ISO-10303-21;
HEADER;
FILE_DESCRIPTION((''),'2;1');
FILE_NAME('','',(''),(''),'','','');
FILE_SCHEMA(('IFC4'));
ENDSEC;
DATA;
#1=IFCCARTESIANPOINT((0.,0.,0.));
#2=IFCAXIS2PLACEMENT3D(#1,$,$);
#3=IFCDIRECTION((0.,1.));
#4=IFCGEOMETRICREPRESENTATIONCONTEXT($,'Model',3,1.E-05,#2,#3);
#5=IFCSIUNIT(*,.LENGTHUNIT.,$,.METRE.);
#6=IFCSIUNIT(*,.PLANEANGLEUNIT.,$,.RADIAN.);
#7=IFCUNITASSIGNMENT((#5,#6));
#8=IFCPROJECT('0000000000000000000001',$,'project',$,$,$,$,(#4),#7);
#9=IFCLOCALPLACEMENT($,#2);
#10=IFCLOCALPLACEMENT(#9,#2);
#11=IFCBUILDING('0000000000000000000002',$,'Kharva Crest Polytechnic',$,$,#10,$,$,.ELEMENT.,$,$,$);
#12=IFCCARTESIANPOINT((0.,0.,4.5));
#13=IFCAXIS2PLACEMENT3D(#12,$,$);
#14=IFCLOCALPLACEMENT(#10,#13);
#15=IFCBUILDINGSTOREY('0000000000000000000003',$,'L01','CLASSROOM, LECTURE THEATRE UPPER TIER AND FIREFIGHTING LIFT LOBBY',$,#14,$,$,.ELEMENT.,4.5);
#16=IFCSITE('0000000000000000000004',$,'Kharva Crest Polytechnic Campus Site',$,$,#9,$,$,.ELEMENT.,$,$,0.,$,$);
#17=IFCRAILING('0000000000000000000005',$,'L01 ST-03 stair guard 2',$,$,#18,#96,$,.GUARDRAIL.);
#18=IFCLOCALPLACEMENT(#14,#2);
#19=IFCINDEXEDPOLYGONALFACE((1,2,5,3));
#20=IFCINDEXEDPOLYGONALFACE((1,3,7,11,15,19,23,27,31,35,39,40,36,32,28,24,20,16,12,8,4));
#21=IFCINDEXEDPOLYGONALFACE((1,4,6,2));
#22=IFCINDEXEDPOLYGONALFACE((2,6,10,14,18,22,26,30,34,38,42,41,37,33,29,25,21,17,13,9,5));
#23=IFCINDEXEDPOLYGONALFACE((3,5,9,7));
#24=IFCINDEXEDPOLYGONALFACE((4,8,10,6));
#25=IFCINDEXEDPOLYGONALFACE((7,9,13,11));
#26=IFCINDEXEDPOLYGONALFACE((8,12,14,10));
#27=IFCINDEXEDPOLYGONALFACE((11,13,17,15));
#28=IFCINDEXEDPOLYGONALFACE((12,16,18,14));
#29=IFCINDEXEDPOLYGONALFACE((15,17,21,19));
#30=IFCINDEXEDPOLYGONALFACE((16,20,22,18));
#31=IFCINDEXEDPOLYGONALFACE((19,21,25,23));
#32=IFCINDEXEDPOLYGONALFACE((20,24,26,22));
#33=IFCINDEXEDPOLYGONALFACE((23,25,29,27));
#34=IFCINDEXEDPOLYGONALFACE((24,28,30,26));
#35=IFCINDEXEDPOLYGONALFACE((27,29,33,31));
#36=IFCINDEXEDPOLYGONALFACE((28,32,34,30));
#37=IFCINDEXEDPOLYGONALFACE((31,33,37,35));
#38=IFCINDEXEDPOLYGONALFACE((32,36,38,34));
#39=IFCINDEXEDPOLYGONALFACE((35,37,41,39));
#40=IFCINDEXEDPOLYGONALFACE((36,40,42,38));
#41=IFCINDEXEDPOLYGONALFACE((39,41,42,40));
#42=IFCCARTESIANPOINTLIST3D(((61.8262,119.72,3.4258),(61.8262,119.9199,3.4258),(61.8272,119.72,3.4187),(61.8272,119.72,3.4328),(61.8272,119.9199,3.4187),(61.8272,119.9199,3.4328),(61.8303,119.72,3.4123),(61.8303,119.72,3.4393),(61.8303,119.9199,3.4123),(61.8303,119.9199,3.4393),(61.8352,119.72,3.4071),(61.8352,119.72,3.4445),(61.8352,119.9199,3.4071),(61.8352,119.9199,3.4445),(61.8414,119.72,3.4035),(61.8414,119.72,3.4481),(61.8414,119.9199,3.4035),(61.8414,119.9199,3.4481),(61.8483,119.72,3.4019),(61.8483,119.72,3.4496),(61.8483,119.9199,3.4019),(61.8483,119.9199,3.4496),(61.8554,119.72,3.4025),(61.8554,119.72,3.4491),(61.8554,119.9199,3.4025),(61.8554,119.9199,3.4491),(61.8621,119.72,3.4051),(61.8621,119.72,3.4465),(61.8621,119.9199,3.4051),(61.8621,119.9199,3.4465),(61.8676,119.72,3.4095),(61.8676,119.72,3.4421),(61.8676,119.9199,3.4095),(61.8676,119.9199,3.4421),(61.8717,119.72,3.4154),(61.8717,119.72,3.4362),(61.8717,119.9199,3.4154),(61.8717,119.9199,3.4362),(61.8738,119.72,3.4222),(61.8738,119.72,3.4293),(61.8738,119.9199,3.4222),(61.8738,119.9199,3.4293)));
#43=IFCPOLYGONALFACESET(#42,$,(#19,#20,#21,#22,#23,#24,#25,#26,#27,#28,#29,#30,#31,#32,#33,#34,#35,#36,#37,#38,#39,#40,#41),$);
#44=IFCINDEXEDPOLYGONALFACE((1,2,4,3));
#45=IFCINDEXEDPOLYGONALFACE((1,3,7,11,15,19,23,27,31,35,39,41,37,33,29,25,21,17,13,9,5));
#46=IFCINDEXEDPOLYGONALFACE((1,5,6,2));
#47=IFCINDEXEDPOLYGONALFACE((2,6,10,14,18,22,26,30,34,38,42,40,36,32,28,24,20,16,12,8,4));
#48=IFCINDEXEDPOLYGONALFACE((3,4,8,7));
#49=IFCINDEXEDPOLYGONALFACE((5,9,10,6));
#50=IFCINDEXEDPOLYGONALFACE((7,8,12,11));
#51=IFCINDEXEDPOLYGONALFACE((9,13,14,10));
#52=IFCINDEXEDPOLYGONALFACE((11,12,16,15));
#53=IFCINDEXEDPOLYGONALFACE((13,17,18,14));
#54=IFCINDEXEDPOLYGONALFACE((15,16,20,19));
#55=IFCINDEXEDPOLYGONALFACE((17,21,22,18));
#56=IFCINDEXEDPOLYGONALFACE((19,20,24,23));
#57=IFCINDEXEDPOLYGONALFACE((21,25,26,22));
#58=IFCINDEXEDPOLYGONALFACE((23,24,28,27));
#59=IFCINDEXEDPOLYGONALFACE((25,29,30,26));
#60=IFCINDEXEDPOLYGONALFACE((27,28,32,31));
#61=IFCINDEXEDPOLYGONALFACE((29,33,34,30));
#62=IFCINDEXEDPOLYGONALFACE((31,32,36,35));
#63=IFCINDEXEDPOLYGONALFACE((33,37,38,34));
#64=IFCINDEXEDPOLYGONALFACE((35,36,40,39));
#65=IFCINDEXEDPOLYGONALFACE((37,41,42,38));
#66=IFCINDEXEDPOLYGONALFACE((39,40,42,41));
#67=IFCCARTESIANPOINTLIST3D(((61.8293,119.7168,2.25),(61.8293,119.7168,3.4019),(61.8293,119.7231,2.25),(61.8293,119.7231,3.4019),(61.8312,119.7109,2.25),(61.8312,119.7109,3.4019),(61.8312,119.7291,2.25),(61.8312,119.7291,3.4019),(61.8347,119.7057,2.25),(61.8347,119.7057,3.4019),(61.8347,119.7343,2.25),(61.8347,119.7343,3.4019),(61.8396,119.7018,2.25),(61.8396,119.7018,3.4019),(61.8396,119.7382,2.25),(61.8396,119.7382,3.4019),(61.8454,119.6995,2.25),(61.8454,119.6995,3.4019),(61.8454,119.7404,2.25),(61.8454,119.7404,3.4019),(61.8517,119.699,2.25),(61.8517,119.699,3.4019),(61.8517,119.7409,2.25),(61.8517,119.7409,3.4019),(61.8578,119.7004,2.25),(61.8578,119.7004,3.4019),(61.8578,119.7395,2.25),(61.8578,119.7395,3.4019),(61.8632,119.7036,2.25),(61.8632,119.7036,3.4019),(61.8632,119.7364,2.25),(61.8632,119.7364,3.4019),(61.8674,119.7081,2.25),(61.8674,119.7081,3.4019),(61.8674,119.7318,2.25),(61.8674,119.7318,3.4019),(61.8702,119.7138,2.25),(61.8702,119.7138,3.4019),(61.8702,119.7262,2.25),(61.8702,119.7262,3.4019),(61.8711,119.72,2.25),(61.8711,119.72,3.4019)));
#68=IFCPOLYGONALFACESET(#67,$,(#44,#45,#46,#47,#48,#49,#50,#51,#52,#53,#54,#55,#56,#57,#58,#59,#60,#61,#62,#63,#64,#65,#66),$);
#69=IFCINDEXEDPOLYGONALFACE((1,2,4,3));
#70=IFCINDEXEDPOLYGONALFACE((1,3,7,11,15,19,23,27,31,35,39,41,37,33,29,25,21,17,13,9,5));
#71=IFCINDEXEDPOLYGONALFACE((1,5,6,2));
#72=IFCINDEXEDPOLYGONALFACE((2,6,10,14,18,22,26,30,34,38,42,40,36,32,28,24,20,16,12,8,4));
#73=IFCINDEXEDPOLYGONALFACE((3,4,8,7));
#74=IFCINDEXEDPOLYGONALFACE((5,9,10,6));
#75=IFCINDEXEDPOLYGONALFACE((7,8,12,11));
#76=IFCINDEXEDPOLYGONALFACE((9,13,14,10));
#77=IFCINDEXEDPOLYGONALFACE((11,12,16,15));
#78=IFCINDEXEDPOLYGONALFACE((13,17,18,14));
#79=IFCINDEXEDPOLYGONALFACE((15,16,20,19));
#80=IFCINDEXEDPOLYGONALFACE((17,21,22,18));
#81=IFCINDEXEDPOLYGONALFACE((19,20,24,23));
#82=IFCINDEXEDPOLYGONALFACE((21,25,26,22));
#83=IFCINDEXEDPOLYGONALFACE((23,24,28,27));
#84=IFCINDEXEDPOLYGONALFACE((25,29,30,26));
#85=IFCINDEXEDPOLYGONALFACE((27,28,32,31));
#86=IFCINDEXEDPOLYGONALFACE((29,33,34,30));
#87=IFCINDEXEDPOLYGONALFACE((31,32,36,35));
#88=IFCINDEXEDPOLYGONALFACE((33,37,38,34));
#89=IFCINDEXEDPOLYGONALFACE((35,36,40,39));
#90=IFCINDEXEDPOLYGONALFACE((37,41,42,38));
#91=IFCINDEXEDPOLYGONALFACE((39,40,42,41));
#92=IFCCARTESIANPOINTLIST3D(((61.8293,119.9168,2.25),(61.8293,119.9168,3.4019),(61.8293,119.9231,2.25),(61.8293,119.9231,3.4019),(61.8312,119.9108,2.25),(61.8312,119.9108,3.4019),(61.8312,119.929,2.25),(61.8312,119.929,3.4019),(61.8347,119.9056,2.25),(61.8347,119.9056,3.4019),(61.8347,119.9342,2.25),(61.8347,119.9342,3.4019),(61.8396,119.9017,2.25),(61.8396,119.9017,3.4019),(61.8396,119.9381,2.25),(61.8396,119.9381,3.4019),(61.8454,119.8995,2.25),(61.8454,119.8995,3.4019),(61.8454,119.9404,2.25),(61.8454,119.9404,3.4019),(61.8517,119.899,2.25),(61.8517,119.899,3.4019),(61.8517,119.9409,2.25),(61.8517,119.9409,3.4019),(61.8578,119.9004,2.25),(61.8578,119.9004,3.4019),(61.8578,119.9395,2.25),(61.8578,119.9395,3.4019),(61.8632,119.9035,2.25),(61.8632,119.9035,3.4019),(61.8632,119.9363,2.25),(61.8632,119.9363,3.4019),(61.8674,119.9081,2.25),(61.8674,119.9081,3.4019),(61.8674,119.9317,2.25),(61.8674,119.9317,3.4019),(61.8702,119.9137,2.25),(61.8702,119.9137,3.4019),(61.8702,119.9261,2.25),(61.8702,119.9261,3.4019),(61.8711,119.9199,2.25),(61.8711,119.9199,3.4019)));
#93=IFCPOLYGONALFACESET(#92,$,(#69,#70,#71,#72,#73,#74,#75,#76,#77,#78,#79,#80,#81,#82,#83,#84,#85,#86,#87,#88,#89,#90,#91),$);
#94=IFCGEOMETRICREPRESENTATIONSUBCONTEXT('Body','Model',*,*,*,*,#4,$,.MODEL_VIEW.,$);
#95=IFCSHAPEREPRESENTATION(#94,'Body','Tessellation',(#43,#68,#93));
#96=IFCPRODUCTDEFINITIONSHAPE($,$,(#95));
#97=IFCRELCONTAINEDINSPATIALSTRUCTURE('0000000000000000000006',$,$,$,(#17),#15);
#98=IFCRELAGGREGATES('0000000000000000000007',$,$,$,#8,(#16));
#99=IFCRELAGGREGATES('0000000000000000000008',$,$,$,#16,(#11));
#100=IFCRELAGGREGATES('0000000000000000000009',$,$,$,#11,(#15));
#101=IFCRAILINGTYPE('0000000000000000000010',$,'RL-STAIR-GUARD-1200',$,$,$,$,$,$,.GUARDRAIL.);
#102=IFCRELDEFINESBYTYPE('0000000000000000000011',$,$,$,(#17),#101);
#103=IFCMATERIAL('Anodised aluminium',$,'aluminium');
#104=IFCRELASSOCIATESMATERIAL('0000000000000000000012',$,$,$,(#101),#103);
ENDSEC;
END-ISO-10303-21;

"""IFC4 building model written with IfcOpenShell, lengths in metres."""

from ifc_helpers import new_model, si_unit, direction, frame, origin, origin_2d, place, context, subcontext, project, spatial, circle, extrude, material, type_object, element, save


model = new_model("IFC4")

# Units and contexts
model_context = context("Model", 3, precision=1e-05, world=origin(), true_north=direction((0.0, 1.0)))
body_context = subcontext(model_context, "Body", "Model", "MODEL_VIEW")
ifc_project = project(units=[si_unit("LENGTHUNIT", "METRE"), si_unit("PLANEANGLEUNIT", "RADIAN")], contexts=[model_context])

# Site, building, storey
site_placement = place(None, origin())
site = spatial("IfcSite", under=ifc_project, at=site_placement, Name="Kharva Crest Polytechnic Campus Site", CompositionType="ELEMENT", RefElevation=0.0)
building_placement = place(site_placement, origin())
building = spatial("IfcBuilding", under=site, at=building_placement, Name="Kharva Crest Polytechnic", CompositionType="ELEMENT")
storey_placement = place(building_placement, frame((0.0, 0.0, 4.5)))
storey = spatial("IfcBuildingStorey", under=building, at=storey_placement, Name="L01", Description="CLASSROOM, LECTURE THEATRE UPPER TIER AND FIREFIGHTING LIFT LOBBY", CompositionType="ELEMENT", Elevation=4.5)

# Shared definitions
ifc_material_1 = material(Name="Anodised aluminium", Category="aluminium")

# Railing
railing_type_1 = type_object("IfcRailingType", Name="RL-STAIR-GUARD-1200", PredefinedType="GUARDRAIL", material=ifc_material_1)
railing_1_placement = place(storey_placement, frame((61.8501, 119.72, 2.25)))
element("IfcRailing", 1, at=railing_1_placement, inside=storey, type_object=railing_type_1, Name="L01 ST-03 stair guard 2", PredefinedType="GUARDRAIL", context=body_context, shape_type="SweptSolid", body=[
    extrude(circle(Radius=0.0239, at=origin_2d()), frame((0.0, 0.0, 1.1758), z_axis=(0.0, 1.0, 0.0), x_axis=(-1.0, 0.0, 0.0)), (0.0, 0.0, 1.0), 0.2),
    extrude(circle(Radius=0.021, at=origin_2d()), origin(), (0.0, 0.0, 1.0), 1.1519),
    extrude(circle(Radius=0.021, at=origin_2d()), frame((0.0, 0.2, 0.0)), (0.0, 0.0, 1.0), 1.1519),
])

save(model, "model.ifc")
